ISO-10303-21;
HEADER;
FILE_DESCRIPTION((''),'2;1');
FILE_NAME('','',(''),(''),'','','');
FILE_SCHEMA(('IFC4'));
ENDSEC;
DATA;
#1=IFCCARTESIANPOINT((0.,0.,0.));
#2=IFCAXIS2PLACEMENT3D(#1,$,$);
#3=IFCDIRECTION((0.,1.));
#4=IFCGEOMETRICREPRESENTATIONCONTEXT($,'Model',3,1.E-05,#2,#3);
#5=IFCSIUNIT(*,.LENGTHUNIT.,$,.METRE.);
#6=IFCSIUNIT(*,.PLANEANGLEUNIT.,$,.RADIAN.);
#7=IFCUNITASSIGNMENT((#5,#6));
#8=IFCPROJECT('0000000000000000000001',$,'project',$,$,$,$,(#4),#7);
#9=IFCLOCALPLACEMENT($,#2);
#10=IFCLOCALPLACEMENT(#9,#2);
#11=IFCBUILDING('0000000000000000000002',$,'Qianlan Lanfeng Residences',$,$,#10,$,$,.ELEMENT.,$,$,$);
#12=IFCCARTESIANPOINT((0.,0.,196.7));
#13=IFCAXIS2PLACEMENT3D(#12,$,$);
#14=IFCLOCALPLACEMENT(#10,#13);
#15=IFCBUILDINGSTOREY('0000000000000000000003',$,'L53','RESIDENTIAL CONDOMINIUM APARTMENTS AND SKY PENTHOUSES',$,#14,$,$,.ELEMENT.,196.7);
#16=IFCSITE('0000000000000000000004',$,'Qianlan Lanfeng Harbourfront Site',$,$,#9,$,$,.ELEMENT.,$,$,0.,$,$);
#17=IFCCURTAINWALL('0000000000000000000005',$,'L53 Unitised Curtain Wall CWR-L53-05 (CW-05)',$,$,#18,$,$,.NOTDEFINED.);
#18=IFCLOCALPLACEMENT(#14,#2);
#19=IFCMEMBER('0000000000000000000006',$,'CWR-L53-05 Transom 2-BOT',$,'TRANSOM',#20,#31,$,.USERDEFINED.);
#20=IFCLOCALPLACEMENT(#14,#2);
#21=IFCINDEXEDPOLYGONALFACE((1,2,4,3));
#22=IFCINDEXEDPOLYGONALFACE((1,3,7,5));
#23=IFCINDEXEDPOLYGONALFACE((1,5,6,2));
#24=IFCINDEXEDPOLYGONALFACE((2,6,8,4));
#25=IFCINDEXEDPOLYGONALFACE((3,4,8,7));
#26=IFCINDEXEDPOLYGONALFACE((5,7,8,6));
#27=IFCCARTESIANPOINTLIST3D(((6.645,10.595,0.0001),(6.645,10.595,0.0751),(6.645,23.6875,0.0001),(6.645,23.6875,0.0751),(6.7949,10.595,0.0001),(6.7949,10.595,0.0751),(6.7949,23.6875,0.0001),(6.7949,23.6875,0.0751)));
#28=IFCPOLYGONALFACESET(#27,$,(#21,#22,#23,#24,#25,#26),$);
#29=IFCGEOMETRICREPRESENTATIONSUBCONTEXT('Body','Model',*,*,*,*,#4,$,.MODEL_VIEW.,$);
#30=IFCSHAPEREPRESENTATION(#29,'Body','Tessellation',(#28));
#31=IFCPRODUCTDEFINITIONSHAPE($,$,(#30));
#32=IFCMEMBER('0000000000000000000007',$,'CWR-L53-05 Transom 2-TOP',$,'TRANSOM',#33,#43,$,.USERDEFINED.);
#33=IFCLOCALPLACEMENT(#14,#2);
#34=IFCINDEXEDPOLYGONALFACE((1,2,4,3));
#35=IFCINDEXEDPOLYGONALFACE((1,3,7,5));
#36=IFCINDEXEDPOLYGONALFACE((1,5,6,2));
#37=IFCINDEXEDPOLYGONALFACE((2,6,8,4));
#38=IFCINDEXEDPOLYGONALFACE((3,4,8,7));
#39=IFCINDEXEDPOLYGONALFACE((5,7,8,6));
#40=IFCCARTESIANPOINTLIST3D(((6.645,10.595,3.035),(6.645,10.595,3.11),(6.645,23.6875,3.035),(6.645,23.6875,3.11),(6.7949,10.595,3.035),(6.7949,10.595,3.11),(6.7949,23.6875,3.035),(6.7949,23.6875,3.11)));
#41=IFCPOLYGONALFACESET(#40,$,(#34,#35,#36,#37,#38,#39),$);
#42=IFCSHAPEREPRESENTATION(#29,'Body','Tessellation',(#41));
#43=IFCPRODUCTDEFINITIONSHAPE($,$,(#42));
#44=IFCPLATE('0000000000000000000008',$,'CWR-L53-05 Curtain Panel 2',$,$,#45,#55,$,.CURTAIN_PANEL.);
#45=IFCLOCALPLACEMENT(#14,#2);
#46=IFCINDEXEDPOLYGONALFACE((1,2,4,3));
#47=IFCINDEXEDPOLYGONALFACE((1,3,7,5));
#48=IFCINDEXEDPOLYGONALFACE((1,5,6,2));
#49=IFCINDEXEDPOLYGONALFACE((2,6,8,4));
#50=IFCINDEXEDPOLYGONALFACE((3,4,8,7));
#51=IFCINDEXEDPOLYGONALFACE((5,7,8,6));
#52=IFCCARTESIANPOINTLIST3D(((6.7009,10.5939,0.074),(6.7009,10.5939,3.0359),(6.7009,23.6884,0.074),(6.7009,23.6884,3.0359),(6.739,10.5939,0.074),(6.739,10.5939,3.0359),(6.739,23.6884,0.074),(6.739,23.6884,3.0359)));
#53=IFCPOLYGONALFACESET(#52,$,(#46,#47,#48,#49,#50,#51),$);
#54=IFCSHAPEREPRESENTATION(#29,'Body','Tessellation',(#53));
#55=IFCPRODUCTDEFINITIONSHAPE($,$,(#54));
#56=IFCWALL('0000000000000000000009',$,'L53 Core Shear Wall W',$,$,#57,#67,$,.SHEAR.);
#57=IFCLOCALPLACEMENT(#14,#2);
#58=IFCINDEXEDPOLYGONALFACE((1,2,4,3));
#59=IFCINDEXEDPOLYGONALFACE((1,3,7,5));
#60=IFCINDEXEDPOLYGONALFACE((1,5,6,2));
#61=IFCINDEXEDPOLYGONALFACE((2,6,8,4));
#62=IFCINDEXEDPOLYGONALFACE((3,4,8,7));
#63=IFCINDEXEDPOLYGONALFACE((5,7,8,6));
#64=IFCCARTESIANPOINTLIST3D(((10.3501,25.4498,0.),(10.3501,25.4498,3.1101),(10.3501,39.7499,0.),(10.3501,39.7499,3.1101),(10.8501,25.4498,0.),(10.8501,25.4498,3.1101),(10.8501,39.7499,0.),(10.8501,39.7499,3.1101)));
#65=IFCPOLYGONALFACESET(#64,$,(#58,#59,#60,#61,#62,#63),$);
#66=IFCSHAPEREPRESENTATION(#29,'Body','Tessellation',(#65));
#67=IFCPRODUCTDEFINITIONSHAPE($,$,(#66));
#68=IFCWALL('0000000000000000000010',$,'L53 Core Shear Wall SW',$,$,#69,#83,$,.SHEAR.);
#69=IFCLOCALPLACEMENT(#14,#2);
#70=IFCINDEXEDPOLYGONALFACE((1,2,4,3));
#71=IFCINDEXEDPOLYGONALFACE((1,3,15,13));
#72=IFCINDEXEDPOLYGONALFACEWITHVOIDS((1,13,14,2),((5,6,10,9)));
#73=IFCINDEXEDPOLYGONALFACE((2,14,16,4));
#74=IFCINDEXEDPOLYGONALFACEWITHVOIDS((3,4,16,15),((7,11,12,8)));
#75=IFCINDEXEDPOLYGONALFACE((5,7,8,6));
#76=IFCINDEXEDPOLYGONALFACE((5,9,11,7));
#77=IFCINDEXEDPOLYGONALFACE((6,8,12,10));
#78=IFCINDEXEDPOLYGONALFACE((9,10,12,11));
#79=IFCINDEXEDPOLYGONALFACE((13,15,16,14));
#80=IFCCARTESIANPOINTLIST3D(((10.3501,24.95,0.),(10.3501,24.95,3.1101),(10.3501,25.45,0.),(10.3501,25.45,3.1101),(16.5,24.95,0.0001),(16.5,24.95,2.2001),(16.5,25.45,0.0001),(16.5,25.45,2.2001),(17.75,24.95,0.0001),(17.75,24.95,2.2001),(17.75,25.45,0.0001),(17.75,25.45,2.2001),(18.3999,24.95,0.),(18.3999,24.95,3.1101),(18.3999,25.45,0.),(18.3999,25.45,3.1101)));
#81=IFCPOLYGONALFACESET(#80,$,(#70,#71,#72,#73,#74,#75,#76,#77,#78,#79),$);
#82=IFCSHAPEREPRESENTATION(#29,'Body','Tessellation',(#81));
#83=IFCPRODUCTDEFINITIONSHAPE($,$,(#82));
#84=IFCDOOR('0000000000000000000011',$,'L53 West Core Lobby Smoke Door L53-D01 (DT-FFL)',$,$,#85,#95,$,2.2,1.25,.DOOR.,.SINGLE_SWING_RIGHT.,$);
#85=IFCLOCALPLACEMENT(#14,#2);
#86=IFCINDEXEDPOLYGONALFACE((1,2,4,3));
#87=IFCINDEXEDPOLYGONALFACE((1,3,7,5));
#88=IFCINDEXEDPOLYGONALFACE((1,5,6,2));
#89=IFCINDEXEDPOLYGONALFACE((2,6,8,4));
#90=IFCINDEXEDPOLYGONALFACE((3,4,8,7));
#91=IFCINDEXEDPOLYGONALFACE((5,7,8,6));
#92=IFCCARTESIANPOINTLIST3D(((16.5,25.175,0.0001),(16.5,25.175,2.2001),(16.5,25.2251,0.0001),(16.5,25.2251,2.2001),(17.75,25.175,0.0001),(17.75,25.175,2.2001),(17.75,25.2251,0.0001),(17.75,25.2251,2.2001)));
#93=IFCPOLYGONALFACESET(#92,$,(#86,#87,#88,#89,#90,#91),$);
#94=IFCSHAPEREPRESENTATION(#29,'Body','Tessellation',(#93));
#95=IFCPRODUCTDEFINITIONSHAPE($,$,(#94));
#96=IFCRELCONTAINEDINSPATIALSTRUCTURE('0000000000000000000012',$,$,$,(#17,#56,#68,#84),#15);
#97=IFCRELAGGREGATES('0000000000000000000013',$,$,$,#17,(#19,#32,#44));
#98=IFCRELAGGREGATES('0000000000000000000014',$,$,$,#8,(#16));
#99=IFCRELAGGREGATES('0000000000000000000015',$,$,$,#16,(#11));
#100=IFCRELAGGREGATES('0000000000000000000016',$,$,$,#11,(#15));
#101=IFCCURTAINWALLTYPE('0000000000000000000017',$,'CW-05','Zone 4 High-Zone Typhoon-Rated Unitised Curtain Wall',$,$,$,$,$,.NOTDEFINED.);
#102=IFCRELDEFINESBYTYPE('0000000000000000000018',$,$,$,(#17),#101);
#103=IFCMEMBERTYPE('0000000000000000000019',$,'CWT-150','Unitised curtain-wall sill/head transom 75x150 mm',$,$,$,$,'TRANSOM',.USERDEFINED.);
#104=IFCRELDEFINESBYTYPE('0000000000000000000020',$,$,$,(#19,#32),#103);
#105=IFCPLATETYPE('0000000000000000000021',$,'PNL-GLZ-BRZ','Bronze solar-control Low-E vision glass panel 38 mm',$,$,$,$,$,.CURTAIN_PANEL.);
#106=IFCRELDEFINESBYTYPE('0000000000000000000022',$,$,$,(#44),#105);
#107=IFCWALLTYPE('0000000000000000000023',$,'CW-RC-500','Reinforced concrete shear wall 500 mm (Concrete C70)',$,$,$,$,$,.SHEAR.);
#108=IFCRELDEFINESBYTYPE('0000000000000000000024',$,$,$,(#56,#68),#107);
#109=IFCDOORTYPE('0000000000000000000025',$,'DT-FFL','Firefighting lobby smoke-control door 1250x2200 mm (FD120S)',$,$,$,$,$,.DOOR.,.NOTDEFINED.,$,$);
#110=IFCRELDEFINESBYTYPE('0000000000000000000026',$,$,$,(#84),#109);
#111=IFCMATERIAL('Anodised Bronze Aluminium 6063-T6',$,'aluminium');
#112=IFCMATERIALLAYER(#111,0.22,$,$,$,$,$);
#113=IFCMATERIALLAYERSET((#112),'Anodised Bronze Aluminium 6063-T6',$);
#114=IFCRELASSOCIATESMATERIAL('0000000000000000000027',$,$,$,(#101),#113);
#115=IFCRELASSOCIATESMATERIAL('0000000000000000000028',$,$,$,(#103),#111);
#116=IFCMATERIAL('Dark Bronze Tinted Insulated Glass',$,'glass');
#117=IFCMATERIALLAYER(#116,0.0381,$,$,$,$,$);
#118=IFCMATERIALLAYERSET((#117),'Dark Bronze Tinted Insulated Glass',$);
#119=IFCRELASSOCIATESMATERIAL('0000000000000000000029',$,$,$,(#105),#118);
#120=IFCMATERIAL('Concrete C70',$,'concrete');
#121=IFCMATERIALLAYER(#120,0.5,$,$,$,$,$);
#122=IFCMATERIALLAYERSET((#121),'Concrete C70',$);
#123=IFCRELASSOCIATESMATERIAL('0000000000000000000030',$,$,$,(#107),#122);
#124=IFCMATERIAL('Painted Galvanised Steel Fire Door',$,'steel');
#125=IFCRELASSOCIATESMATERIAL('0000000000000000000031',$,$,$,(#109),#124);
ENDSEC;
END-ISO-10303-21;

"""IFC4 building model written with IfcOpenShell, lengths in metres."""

from ifc_helpers import new_model, si_unit, direction, frame, frame_2d, origin, origin_2d, place, context, subcontext, project, spatial, rectangle, extrude, source, transform, mapped, material, layer, layer_set, material_profile, profile_set, type_object, element, fill, aggregate, save


model = new_model("IFC4")

# Units and contexts
model_context = context("Model", 3, precision=1e-05, world=origin(), true_north=direction((0.0, 1.0)))
body_context = subcontext(model_context, "Body", "Model", "MODEL_VIEW")
ifc_project = project(units=[si_unit("LENGTHUNIT", "METRE"), si_unit("PLANEANGLEUNIT", "RADIAN")], contexts=[model_context])

# Site, building, storey
site_placement = place(None, origin())
site = spatial("IfcSite", under=ifc_project, at=site_placement, Name="Qianlan Lanfeng Harbourfront Site", CompositionType="ELEMENT", RefElevation=0.0)
building_placement = place(site_placement, origin())
building = spatial("IfcBuilding", under=site, at=building_placement, Name="Qianlan Lanfeng Residences", CompositionType="ELEMENT")
storey_placement = place(building_placement, frame((0.0, 0.0, 196.7)))
storey = spatial("IfcBuildingStorey", under=building, at=storey_placement, Name="L53", Description="RESIDENTIAL CONDOMINIUM APARTMENTS AND SKY PENTHOUSES", CompositionType="ELEMENT", Elevation=196.7)

# Curtain wall, members, plate
ifc_material_1 = material(Name="Anodised Bronze Aluminium 6063-T6", Category="aluminium")
ifc_layer_1 = layer(ifc_material_1, 0.22)
ifc_layer_set_1 = layer_set([ifc_layer_1], Name="Anodised Bronze Aluminium 6063-T6")
curtain_wall_type = type_object("IfcCurtainWallType", Name="CW-05", Description="Zone 4 High-Zone Typhoon-Rated Unitised Curtain Wall", PredefinedType="NOTDEFINED", material=ifc_layer_set_1)
curtain_wall_placement = place(storey_placement, origin())
curtain_wall = element("IfcCurtainWall", 1, at=curtain_wall_placement, inside=storey, type_object=curtain_wall_type, Name="L53 Unitised Curtain Wall CWR-L53-05 (CW-05)", PredefinedType="NOTDEFINED")
ifc_material_profile_1 = material_profile(ifc_material_1, rectangle(XDim=0.075, YDim=0.1499, at=origin_2d()), Name="ALU TRANSOM 75x150")
ifc_profile_set_1 = profile_set([ifc_material_profile_1], Name="Anodised Bronze Aluminium 6063-T6")
member_type_1 = type_object("IfcMemberType", Name="CWT-150", Description="Unitised curtain-wall sill/head transom 75x150 mm", ElementType="TRANSOM", PredefinedType="USERDEFINED", material=ifc_profile_set_1)
shared_shape_1 = source(origin(), body_context, "Body", "SweptSolid", [
    extrude(rectangle(XDim=0.075, YDim=0.1499, at=origin_2d()), origin(), (0.0, 0.0, 1.0), 13.0925),
])
member_1_placement = place(storey_placement, frame((6.72, 23.6875, 0.0376), z_axis=(0.0, -1.0, 0.0), x_axis=(0.0, 0.0, 1.0)))
member_1 = element("IfcMember", 2, at=member_1_placement, type_object=member_type_1, Name="CWR-L53-05 Transom 2-BOT", ObjectType="TRANSOM", PredefinedType="USERDEFINED", context=body_context, shape_type="MappedRepresentation", body=[
    mapped(shared_shape_1, transform((0.0, 0.0, 0.0), scale=1.0)),
])
member_2_placement = place(storey_placement, frame((6.72, 23.6875, 3.0725), z_axis=(0.0, -1.0, 0.0), x_axis=(0.0, 0.0, 1.0)))
member_2 = element("IfcMember", 3, at=member_2_placement, type_object=member_type_1, Name="CWR-L53-05 Transom 2-TOP", ObjectType="TRANSOM", PredefinedType="USERDEFINED", context=body_context, shape_type="MappedRepresentation", body=[
    mapped(shared_shape_1, transform((0.0, 0.0, 0.0), scale=1.0)),
])
ifc_material_2 = material(Name="Dark Bronze Tinted Insulated Glass", Category="glass")
ifc_layer_2 = layer(ifc_material_2, 0.0381)
ifc_layer_set_2 = layer_set([ifc_layer_2], Name="Dark Bronze Tinted Insulated Glass")
plate_type = type_object("IfcPlateType", Name="PNL-GLZ-BRZ", Description="Bronze solar-control Low-E vision glass panel 38 mm", PredefinedType="CURTAIN_PANEL", material=ifc_layer_set_2)
shared_shape_2 = source(origin(), body_context, "Body", "SweptSolid", [
    extrude(rectangle(XDim=13.0945, YDim=0.0381, at=origin_2d()), origin(), (0.0, 0.0, 1.0), 2.9619),
])
plate_placement = place(storey_placement, frame((6.72, 17.1411, 0.074), z_axis=(0.0, 0.0, 1.0), x_axis=(0.0, -1.0, 0.0)))
plate = element("IfcPlate", 4, at=plate_placement, type_object=plate_type, Name="CWR-L53-05 Curtain Panel 2", PredefinedType="CURTAIN_PANEL", context=body_context, shape_type="MappedRepresentation", body=[
    mapped(shared_shape_2, transform((0.0, 0.0, 0.0), scale=1.0)),
])
aggregate(curtain_wall, [member_1, member_2, plate])

# Wall
ifc_material_3 = material(Name="Concrete C70", Category="concrete")
ifc_layer_3 = layer(ifc_material_3, 0.5)
ifc_layer_set_3 = layer_set([ifc_layer_3], Name="Concrete C70")
wall_type_1 = type_object("IfcWallType", Name="CW-RC-500", Description="Reinforced concrete shear wall 500 mm (Concrete C70)", PredefinedType="SHEAR", material=ifc_layer_set_3)
wall_1_placement = place(storey_placement, frame((10.6001, 25.45, 0.0), z_axis=(0.0, 0.0, 1.0), x_axis=(0.0, 1.0, 0.0)))
element("IfcWall", 5, at=wall_1_placement, inside=storey, type_object=wall_type_1, Name="L53 Core Shear Wall W", PredefinedType="SHEAR", context=body_context, shape_type="SweptSolid", body=[
    extrude(rectangle(XDim=14.3, YDim=0.5, at=frame_2d((7.1499, 0.0))), origin(), (0.0, 0.0, 1.0), 3.1101),
])

# Wall, opening, door
wall_2_placement = place(storey_placement, frame((10.3501, 25.2, 0.0), z_axis=(0.0, 0.0, 1.0), x_axis=(1.0, 0.0, 0.0)))
wall_2 = element("IfcWall", 6, at=wall_2_placement, inside=storey, type_object=wall_type_1, Name="L53 Core Shear Wall SW", PredefinedType="SHEAR", context=body_context, shape_type="SweptSolid", body=[
    extrude(rectangle(XDim=8.0498, YDim=0.5, at=frame_2d((4.0249, 0.0))), origin(), (0.0, 0.0, 1.0), 3.1101),
])
opening_1_placement = place(wall_2_placement, frame((6.1499, 0.0, 0.0)))
opening_1 = element("IfcOpeningElement", 7, at=opening_1_placement, cuts=wall_2, PredefinedType="OPENING", context=body_context, shape_type="SweptSolid", body=[
    extrude(rectangle(XDim=1.25, YDim=2.2, at=frame_2d((0.625, 1.1001))), frame((0.0, 0.26, 0.0), z_axis=(0.0, -1.0, 0.0), x_axis=(1.0, 0.0, 0.0)), (0.0, 0.0, 1.0), 0.52),
])
ifc_material_4 = material(Name="Painted Galvanised Steel Fire Door", Category="steel")
door_type_1 = type_object("IfcDoorType", Name="DT-FFL", Description="Firefighting lobby smoke-control door 1250x2200 mm (FD120S)", OperationType="NOTDEFINED", PredefinedType="DOOR", material=ifc_material_4)
door_1_placement = place(opening_1_placement, frame((1.25, 0.0, 0.0), z_axis=(0.0, 0.0, 1.0), x_axis=(-1.0, 0.0, 0.0)))
door_1 = element("IfcDoor", 8, at=door_1_placement, inside=storey, type_object=door_type_1, Name="L53 West Core Lobby Smoke Door L53-D01 (DT-FFL)", OperationType="SINGLE_SWING_RIGHT", OverallHeight=2.2, OverallWidth=1.25, PredefinedType="DOOR", context=body_context, shape_type="SweptSolid", body=[
    extrude(rectangle(XDim=1.25, YDim=2.2, at=frame_2d((0.625, 1.1001))), frame((0.0, 0.0249, 0.0), z_axis=(0.0, -1.0, 0.0), x_axis=(1.0, 0.0, 0.0)), (0.0, 0.0, 1.0), 0.05),
])
fill(opening_1, door_1)

save(model, "model.ifc")
